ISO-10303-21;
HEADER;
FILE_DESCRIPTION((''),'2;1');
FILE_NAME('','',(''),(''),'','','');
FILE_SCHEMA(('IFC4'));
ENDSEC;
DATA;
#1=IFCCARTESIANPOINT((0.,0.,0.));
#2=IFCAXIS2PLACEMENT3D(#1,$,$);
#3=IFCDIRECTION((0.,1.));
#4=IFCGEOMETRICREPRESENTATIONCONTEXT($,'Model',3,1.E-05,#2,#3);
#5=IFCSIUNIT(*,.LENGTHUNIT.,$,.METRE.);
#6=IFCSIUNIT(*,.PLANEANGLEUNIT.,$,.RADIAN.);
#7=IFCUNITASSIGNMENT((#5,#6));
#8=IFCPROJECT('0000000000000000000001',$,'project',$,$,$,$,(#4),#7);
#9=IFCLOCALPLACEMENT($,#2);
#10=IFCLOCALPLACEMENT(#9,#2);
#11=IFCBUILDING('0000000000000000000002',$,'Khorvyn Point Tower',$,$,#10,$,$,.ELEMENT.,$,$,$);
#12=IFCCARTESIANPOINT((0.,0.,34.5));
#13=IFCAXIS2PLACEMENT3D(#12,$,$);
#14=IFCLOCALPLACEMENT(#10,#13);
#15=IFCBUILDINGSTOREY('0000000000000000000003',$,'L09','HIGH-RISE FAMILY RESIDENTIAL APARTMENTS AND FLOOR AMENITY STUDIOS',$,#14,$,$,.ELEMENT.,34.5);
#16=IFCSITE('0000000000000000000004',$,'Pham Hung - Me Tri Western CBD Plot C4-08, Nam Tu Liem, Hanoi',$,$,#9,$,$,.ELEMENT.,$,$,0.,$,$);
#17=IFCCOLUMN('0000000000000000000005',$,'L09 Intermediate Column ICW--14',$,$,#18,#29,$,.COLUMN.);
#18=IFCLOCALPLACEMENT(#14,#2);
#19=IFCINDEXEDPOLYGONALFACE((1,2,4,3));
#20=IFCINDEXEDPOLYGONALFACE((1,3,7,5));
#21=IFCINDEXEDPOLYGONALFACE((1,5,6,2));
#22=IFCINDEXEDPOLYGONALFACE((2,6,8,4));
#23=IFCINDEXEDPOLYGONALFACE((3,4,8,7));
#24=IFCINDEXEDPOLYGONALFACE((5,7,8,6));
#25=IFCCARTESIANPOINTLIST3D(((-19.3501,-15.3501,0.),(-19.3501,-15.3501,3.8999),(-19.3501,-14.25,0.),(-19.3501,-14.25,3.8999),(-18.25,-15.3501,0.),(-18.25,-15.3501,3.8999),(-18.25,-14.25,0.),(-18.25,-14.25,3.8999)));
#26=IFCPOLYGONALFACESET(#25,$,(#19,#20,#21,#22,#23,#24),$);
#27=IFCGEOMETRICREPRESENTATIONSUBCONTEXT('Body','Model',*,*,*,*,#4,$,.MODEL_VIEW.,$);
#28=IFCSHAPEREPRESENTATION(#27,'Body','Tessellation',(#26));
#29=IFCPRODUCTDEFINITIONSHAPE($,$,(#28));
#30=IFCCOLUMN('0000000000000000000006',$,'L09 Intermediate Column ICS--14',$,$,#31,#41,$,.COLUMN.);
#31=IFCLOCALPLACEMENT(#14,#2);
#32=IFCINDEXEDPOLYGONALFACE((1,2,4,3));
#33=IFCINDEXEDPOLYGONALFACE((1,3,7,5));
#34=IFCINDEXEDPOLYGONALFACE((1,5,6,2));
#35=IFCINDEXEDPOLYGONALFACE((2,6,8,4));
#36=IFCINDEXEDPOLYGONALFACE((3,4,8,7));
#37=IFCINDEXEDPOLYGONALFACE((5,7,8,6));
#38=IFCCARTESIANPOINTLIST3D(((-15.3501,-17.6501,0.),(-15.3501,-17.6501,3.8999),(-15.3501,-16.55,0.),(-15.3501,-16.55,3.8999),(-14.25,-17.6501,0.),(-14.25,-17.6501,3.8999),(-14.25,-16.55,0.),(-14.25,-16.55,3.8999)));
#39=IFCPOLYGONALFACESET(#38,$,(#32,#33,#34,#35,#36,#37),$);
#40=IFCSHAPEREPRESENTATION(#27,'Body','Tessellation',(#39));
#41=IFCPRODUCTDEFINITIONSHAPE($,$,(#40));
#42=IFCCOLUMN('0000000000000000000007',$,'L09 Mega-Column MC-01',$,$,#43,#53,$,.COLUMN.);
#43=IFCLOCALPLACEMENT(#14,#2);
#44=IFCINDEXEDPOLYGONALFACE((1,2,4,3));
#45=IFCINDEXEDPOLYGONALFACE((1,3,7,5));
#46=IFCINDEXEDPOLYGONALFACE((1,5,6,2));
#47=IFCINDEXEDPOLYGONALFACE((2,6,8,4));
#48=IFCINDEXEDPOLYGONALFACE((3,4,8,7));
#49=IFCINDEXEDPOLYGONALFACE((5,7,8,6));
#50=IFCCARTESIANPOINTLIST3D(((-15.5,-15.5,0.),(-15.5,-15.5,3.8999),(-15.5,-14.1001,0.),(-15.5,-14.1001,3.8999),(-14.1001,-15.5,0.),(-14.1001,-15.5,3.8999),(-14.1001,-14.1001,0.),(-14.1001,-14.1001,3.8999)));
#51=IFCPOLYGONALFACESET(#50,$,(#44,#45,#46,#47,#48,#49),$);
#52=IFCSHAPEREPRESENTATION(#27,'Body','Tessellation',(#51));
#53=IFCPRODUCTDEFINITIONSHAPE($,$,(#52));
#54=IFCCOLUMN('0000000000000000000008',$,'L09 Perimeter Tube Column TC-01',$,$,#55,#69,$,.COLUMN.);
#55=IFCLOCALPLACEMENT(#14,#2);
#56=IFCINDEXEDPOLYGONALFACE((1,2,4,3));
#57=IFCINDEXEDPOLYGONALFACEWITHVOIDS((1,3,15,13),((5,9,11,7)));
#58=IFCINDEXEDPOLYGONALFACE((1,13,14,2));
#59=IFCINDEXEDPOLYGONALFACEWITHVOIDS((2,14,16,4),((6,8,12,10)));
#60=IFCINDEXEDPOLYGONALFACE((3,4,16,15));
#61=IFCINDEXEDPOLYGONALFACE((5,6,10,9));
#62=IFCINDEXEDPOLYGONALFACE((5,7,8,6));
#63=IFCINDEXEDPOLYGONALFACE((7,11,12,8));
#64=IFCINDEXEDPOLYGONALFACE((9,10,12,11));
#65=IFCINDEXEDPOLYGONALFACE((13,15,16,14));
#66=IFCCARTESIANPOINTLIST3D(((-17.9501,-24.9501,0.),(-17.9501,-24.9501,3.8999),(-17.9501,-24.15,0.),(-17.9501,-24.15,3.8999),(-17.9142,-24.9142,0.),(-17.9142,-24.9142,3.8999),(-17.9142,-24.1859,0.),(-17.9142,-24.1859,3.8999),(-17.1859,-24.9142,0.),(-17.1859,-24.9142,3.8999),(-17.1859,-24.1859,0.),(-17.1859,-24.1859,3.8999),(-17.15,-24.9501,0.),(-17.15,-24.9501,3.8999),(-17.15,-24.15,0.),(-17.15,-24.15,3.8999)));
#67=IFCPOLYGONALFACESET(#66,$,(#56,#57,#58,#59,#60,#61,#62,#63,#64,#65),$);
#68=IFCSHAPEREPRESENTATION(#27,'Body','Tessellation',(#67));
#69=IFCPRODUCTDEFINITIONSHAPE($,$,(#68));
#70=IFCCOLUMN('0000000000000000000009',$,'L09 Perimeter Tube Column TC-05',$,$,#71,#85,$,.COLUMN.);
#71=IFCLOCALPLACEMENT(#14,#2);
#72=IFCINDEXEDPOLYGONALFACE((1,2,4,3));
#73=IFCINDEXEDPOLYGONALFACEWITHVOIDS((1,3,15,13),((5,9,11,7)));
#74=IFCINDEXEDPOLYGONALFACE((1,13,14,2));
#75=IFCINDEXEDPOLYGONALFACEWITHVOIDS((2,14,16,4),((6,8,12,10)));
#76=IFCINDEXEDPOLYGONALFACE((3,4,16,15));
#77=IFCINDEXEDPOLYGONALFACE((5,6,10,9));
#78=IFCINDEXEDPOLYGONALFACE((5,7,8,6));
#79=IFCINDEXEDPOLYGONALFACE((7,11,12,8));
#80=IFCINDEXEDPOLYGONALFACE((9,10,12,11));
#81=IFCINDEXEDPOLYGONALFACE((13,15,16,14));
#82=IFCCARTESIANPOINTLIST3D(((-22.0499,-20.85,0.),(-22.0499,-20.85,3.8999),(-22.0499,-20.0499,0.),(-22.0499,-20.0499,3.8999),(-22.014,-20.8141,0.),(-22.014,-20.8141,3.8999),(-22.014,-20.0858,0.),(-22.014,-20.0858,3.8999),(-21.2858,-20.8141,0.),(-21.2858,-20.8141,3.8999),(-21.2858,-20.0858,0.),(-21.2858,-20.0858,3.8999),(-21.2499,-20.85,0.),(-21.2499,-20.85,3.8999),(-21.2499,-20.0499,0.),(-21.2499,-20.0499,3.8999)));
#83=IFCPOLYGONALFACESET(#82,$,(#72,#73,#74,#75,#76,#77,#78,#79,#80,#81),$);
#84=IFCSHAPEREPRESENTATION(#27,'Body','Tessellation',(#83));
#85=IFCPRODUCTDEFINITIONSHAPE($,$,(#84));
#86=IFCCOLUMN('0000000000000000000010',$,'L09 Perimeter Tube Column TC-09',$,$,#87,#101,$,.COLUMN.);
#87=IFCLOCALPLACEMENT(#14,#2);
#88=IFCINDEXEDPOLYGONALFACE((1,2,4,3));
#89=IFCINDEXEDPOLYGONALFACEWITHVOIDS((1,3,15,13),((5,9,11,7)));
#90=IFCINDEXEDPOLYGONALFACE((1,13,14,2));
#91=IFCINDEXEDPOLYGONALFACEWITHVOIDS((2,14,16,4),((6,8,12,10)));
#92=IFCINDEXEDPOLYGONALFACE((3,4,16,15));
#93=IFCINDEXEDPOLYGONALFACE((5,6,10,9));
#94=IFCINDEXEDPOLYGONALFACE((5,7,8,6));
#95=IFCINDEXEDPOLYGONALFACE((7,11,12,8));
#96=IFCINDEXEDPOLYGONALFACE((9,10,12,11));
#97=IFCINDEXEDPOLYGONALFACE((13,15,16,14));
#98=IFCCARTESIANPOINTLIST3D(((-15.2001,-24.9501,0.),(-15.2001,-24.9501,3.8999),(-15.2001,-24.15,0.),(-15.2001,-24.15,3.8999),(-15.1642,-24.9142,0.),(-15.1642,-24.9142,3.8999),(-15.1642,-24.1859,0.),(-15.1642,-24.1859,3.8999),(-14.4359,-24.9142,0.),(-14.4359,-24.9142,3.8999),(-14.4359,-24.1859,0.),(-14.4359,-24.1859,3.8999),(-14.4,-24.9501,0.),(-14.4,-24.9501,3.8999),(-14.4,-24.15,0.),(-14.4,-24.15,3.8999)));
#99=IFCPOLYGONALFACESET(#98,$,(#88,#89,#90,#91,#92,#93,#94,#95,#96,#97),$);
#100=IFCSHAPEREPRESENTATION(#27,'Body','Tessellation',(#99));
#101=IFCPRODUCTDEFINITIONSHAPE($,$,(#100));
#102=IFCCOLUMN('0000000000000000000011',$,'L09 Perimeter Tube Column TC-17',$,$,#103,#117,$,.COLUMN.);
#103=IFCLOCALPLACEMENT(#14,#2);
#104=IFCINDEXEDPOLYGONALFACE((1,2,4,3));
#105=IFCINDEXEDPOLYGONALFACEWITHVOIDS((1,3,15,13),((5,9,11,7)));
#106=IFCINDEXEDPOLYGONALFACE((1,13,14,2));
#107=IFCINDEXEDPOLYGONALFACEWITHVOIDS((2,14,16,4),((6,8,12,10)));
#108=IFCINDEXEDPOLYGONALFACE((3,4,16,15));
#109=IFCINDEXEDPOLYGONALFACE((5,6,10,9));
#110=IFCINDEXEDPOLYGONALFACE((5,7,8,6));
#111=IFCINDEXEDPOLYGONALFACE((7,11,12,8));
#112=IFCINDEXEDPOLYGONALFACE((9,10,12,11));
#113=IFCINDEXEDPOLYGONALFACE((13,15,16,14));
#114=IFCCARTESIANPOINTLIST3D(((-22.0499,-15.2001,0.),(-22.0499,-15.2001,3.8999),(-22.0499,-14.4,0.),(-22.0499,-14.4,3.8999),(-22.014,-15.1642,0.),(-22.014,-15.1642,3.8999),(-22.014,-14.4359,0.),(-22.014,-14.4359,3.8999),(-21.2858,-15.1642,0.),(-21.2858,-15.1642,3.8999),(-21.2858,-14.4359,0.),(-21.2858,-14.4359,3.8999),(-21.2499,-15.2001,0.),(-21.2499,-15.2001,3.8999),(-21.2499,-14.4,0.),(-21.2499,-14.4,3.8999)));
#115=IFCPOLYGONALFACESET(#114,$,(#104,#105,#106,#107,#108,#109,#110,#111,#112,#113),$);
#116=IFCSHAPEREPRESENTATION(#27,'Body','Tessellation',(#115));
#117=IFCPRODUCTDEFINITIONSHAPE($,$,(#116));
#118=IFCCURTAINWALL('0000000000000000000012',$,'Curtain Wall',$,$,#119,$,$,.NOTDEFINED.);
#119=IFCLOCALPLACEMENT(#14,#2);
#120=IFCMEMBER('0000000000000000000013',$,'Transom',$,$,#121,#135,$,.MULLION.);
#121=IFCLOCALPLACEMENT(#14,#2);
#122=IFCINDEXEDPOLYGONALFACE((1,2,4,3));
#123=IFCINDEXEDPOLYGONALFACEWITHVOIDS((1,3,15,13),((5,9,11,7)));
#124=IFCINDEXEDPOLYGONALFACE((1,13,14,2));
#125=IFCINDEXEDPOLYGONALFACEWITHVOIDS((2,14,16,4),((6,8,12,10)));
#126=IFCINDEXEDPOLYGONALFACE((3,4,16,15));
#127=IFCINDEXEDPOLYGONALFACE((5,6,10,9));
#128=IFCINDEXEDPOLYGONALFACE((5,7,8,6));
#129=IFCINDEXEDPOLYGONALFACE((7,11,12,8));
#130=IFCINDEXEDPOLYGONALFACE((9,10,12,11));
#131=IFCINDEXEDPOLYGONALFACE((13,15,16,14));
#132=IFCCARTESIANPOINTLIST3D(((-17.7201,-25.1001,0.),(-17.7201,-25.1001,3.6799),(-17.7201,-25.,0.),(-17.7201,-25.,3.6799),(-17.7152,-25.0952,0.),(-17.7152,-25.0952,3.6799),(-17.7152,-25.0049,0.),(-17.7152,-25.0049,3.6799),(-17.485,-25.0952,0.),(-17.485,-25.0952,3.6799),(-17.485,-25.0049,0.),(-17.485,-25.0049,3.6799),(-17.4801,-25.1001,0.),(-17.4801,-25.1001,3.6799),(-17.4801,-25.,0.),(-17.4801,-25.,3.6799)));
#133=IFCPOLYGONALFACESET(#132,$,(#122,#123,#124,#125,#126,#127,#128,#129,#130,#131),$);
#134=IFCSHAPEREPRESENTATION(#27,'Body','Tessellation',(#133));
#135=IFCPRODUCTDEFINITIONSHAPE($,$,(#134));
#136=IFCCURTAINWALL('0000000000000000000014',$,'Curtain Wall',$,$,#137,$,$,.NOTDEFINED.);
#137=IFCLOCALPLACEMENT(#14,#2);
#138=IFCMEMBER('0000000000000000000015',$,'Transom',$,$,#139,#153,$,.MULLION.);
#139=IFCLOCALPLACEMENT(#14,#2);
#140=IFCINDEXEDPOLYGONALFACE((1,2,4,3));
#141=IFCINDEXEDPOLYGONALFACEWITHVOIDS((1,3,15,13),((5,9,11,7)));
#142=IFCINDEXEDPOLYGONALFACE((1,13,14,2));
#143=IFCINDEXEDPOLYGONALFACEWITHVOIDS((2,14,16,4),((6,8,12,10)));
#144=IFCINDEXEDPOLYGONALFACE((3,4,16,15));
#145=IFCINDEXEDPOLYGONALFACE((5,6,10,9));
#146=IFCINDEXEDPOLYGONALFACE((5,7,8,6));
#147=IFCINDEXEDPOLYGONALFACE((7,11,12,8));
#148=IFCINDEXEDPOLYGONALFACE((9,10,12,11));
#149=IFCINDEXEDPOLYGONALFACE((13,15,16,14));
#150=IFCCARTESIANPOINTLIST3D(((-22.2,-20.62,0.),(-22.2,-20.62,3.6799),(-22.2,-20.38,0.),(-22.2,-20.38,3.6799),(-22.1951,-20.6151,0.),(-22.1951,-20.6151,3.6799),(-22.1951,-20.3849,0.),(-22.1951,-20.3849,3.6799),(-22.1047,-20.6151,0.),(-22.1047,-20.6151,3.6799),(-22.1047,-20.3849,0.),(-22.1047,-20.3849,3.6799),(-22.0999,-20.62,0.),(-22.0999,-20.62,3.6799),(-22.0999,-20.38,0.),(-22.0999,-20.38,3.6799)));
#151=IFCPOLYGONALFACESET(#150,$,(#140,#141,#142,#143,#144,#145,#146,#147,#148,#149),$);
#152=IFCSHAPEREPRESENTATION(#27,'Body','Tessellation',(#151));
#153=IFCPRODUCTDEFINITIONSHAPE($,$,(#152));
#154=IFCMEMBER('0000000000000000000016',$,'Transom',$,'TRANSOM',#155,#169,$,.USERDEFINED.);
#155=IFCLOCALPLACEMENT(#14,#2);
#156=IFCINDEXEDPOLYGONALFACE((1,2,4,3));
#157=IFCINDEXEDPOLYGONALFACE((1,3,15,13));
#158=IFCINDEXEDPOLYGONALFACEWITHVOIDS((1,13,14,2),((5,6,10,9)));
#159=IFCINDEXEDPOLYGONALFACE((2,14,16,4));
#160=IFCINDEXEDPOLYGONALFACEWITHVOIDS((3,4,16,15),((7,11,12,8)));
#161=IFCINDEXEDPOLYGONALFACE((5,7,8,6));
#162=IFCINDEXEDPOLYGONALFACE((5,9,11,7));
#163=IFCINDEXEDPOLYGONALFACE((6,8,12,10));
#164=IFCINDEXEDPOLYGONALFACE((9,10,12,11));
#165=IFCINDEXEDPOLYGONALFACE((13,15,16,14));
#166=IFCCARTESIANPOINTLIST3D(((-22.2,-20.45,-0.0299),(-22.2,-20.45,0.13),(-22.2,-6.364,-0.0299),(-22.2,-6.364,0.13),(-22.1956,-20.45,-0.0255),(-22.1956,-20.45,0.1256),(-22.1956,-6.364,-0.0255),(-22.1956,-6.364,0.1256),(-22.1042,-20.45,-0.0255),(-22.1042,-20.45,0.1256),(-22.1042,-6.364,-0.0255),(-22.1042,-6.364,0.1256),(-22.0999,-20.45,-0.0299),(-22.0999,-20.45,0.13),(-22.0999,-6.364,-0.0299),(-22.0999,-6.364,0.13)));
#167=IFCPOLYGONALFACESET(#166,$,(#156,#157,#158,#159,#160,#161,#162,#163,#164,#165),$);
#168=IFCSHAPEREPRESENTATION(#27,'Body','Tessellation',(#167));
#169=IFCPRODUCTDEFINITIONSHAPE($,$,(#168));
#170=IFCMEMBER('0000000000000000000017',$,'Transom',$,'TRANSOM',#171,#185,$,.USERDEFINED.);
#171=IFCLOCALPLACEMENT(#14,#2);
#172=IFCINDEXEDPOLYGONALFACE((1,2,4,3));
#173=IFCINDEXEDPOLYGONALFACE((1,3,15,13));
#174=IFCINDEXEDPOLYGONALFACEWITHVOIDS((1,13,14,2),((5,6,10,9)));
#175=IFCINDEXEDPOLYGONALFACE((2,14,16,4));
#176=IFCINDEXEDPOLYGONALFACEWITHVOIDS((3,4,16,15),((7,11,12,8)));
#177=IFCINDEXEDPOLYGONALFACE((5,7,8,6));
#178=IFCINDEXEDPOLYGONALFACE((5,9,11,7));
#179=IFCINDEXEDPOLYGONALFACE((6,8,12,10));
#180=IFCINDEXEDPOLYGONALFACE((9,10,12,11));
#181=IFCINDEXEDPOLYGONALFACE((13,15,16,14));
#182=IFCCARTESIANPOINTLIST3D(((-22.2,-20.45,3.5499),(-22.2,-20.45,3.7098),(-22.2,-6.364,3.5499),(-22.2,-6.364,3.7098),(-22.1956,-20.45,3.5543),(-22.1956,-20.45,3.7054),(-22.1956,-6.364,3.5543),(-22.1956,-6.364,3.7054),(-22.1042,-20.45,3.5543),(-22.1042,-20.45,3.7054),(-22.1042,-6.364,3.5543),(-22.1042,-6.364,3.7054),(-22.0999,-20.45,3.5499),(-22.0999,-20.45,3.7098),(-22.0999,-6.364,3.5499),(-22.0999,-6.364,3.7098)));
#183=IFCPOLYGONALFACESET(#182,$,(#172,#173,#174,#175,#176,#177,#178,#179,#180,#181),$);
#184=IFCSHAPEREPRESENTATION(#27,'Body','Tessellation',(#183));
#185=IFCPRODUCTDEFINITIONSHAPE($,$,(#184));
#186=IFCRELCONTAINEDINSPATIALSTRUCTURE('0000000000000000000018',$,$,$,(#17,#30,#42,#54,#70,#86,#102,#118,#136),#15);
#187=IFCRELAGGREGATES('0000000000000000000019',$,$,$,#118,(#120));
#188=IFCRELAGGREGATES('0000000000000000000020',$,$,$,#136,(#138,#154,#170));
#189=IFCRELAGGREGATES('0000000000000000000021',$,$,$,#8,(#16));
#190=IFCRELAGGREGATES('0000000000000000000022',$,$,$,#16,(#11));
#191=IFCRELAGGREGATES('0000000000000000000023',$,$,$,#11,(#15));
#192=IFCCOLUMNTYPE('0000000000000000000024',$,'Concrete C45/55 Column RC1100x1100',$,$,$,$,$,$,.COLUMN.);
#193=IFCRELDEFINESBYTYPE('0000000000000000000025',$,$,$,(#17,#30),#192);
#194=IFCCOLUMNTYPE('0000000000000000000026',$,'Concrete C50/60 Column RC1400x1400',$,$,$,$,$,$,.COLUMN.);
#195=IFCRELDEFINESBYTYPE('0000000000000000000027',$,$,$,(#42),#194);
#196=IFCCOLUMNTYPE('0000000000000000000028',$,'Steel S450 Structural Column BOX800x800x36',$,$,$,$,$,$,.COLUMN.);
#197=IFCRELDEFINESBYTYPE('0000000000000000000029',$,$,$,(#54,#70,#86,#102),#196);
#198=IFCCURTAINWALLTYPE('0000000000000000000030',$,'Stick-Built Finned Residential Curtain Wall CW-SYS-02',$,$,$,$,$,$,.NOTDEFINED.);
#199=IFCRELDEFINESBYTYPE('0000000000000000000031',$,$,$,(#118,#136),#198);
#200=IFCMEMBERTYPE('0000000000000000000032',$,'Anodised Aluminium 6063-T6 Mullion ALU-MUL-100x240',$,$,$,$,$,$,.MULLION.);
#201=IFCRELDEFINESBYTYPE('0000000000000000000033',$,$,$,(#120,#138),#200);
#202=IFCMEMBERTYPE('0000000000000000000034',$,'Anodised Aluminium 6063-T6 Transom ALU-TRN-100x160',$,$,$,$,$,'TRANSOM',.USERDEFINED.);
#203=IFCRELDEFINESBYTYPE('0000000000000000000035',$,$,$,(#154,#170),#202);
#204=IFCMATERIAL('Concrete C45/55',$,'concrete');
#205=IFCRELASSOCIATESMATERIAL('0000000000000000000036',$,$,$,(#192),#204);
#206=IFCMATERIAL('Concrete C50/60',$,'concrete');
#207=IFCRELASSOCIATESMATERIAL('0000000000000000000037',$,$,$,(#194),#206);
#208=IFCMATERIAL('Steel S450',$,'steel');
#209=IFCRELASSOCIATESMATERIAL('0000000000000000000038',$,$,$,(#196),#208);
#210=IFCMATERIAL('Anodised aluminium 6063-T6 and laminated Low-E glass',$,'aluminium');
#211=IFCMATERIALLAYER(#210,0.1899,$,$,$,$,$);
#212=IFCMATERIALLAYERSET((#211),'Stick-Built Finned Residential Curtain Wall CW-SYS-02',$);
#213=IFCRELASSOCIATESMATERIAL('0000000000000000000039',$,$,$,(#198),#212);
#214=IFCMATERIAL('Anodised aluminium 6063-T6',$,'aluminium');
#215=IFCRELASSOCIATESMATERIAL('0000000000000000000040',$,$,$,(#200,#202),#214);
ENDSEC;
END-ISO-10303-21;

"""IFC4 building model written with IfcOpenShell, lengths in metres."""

from ifc_helpers import new_model, si_unit, direction, frame, origin, origin_2d, place, context, subcontext, project, spatial, rectangle, hollow_rectangle, extrude, material, layer, layer_set, material_profile, profile_set, type_object, element, aggregate, save


model = new_model("IFC4")

# Units and contexts
model_context = context("Model", 3, precision=1e-05, world=origin(), true_north=direction((0.0, 1.0)))
body_context = subcontext(model_context, "Body", "Model", "MODEL_VIEW")
ifc_project = project(units=[si_unit("LENGTHUNIT", "METRE"), si_unit("PLANEANGLEUNIT", "RADIAN")], contexts=[model_context])

# Site, building, storey
site_placement = place(None, origin())
site = spatial("IfcSite", under=ifc_project, at=site_placement, Name="Pham Hung - Me Tri Western CBD Plot C4-08, Nam Tu Liem, Hanoi", CompositionType="ELEMENT", RefElevation=0.0)
building_placement = place(site_placement, origin())
building = spatial("IfcBuilding", under=site, at=building_placement, Name="Khorvyn Point Tower", CompositionType="ELEMENT")
storey_placement = place(building_placement, frame((0.0, 0.0, 34.5)))
storey = spatial("IfcBuildingStorey", under=building, at=storey_placement, Name="L09", Description="HIGH-RISE FAMILY RESIDENTIAL APARTMENTS AND FLOOR AMENITY STUDIOS", CompositionType="ELEMENT", Elevation=34.5)

# Columns
ifc_material_1 = material(Name="Concrete C45/55", Category="concrete")
ifc_material_profile_1 = material_profile(ifc_material_1, rectangle(XDim=1.1001, YDim=1.1001, at=origin_2d()))
ifc_profile_set_1 = profile_set([ifc_material_profile_1], Name="Concrete C45/55 RC1100x1100")
column_type_1 = type_object("IfcColumnType", Name="Concrete C45/55 Column RC1100x1100", PredefinedType="COLUMN", material=ifc_profile_set_1)
for number, where, z_axis, x_axis, name in (
    (1, (-18.8, -14.8, 0.0), (0.0, 0.0, 1.0), (1.0, 0.0, 0.0), "L09 Intermediate Column ICW--14"),
    (2, (-14.8, -17.1001, 0.0), (0.0, 0.0, 1.0), (1.0, 0.0, 0.0), "L09 Intermediate Column ICS--14"),
):
    element("IfcColumn", number, at=place(storey_placement, frame(where, z_axis=z_axis, x_axis=x_axis)), inside=storey, type_object=column_type_1, Name=name, PredefinedType="COLUMN", context=body_context, shape_type="SweptSolid", body=[
        extrude(rectangle(XDim=1.1001, YDim=1.1001, at=origin_2d()), origin(), (0.0, 0.0, 1.0), 3.8999),
    ])
ifc_material_2 = material(Name="Concrete C50/60", Category="concrete")
ifc_material_profile_2 = material_profile(ifc_material_2, rectangle(XDim=1.3999, YDim=1.3999, at=origin_2d()))
ifc_profile_set_2 = profile_set([ifc_material_profile_2], Name="Concrete C50/60 RC1400x1400")
column_type_2 = type_object("IfcColumnType", Name="Concrete C50/60 Column RC1400x1400", PredefinedType="COLUMN", material=ifc_profile_set_2)
column_placement = place(storey_placement, frame((-14.8, -14.8, 0.0), z_axis=(0.0, 0.0, 1.0), x_axis=(1.0, 0.0, 0.0)))
element("IfcColumn", 3, at=column_placement, inside=storey, type_object=column_type_2, Name="L09 Mega-Column MC-01", PredefinedType="COLUMN", context=body_context, shape_type="SweptSolid", body=[
    extrude(rectangle(XDim=1.3999, YDim=1.3999, at=origin_2d()), origin(), (0.0, 0.0, 1.0), 3.8999),
])
ifc_material_3 = material(Name="Steel S450", Category="steel")
ifc_material_profile_3 = material_profile(ifc_material_3, hollow_rectangle(XDim=0.8, YDim=0.8, WallThickness=0.0359, at=origin_2d()))
ifc_profile_set_3 = profile_set([ifc_material_profile_3], Name="Steel S450 BOX800x800x36")
column_type_3 = type_object("IfcColumnType", Name="Steel S450 Structural Column BOX800x800x36", PredefinedType="COLUMN", material=ifc_profile_set_3)
for number, where, z_axis, x_axis, name in (
    (4, (-17.55, -24.55, 0.0), (0.0, 0.0, 1.0), (1.0, 0.0, 0.0), "L09 Perimeter Tube Column TC-01"),
    (5, (-21.6499, -20.45, 0.0), (0.0, 0.0, 1.0), (1.0, 0.0, 0.0), "L09 Perimeter Tube Column TC-05"),
    (6, (-14.8, -24.55, 0.0), (0.0, 0.0, 1.0), (1.0, 0.0, 0.0), "L09 Perimeter Tube Column TC-09"),
    (7, (-21.6499, -14.8, 0.0), (0.0, 0.0, 1.0), (1.0, 0.0, 0.0), "L09 Perimeter Tube Column TC-17"),
):
    element("IfcColumn", number, at=place(storey_placement, frame(where, z_axis=z_axis, x_axis=x_axis)), inside=storey, type_object=column_type_3, Name=name, PredefinedType="COLUMN", context=body_context, shape_type="SweptSolid", body=[
        extrude(hollow_rectangle(XDim=0.8, YDim=0.8, WallThickness=0.0359, at=origin_2d()), origin(), (0.0, 0.0, 1.0), 3.8999),
    ])

# Curtain wall, member
ifc_material_4 = material(Name="Anodised aluminium 6063-T6 and laminated Low-E glass", Category="aluminium")
ifc_layer_1 = layer(ifc_material_4, 0.1899)
ifc_layer_set_1 = layer_set([ifc_layer_1], Name="Stick-Built Finned Residential Curtain Wall CW-SYS-02")
curtain_wall_type = type_object("IfcCurtainWallType", Name="Stick-Built Finned Residential Curtain Wall CW-SYS-02", PredefinedType="NOTDEFINED", material=ifc_layer_set_1)
curtain_wall_1_placement = place(storey_placement, origin())
curtain_wall_1 = element("IfcCurtainWall", 8, at=curtain_wall_1_placement, inside=storey, type_object=curtain_wall_type, Name="Curtain Wall", PredefinedType="NOTDEFINED")
ifc_material_5 = material(Name="Anodised aluminium 6063-T6", Category="aluminium")
ifc_material_profile_4 = material_profile(ifc_material_5, hollow_rectangle(XDim=0.1001, YDim=0.24, WallThickness=0.0049, at=origin_2d()))
ifc_profile_set_4 = profile_set([ifc_material_profile_4], Name="Anodised aluminium 6063-T6 ALU-MUL-100x240")
member_type_1 = type_object("IfcMemberType", Name="Anodised Aluminium 6063-T6 Mullion ALU-MUL-100x240", PredefinedType="MULLION", material=ifc_profile_set_4)
member_1_placement = place(storey_placement, frame((-17.6001, -25.05, 0.0), z_axis=(0.0, 0.0, 1.0), x_axis=(0.0, -1.0, 0.0)))
member_1 = element("IfcMember", 9, at=member_1_placement, type_object=member_type_1, Name="Transom", PredefinedType="MULLION", context=body_context, shape_type="SweptSolid", body=[
    extrude(hollow_rectangle(XDim=0.1001, YDim=0.24, WallThickness=0.0049, at=origin_2d()), origin(), (0.0, 0.0, 1.0), 3.6799),
])
aggregate(curtain_wall_1, [member_1])

# Curtain wall, members
curtain_wall_2_placement = place(storey_placement, origin())
curtain_wall_2 = element("IfcCurtainWall", 10, at=curtain_wall_2_placement, inside=storey, type_object=curtain_wall_type, Name="Curtain Wall", PredefinedType="NOTDEFINED")
member_2_placement = place(storey_placement, frame((-22.1499, -20.5, 0.0), z_axis=(0.0, 0.0, 1.0), x_axis=(-1.0, 0.0, 0.0)))
member_2 = element("IfcMember", 11, at=member_2_placement, type_object=member_type_1, Name="Transom", PredefinedType="MULLION", context=body_context, shape_type="SweptSolid", body=[
    extrude(hollow_rectangle(XDim=0.1001, YDim=0.24, WallThickness=0.0049, at=origin_2d()), origin(), (0.0, 0.0, 1.0), 3.6799),
])
ifc_material_profile_5 = material_profile(ifc_material_5, hollow_rectangle(XDim=0.1001, YDim=0.1599, WallThickness=0.0044, at=origin_2d()))
ifc_profile_set_5 = profile_set([ifc_material_profile_5], Name="Anodised aluminium 6063-T6 ALU-TRN-100x160")
member_type_2 = type_object("IfcMemberType", Name="Anodised Aluminium 6063-T6 Transom ALU-TRN-100x160", ElementType="TRANSOM", PredefinedType="USERDEFINED", material=ifc_profile_set_5)
member_3_placement = place(storey_placement, frame((-22.1499, -20.45, 0.05), z_axis=(0.0, 1.0, 0.0), x_axis=(-1.0, 0.0, 0.0)))
member_3 = element("IfcMember", 12, at=member_3_placement, type_object=member_type_2, Name="Transom", ObjectType="TRANSOM", PredefinedType="USERDEFINED", context=body_context, shape_type="SweptSolid", body=[
    extrude(hollow_rectangle(XDim=0.1001, YDim=0.1599, WallThickness=0.0044, at=origin_2d()), origin(), (0.0, 0.0, 1.0), 14.0859),
])
member_4_placement = place(storey_placement, frame((-22.1499, -20.45, 3.6299), z_axis=(0.0, 1.0, 0.0), x_axis=(-1.0, 0.0, 0.0)))
member_4 = element("IfcMember", 13, at=member_4_placement, type_object=member_type_2, Name="Transom", ObjectType="TRANSOM", PredefinedType="USERDEFINED", context=body_context, shape_type="SweptSolid", body=[
    extrude(hollow_rectangle(XDim=0.1001, YDim=0.1599, WallThickness=0.0044, at=origin_2d()), origin(), (0.0, 0.0, 1.0), 14.0859),
])

aggregate(curtain_wall_2, [member_2, member_3, member_4])

save(model, "model.ifc")
